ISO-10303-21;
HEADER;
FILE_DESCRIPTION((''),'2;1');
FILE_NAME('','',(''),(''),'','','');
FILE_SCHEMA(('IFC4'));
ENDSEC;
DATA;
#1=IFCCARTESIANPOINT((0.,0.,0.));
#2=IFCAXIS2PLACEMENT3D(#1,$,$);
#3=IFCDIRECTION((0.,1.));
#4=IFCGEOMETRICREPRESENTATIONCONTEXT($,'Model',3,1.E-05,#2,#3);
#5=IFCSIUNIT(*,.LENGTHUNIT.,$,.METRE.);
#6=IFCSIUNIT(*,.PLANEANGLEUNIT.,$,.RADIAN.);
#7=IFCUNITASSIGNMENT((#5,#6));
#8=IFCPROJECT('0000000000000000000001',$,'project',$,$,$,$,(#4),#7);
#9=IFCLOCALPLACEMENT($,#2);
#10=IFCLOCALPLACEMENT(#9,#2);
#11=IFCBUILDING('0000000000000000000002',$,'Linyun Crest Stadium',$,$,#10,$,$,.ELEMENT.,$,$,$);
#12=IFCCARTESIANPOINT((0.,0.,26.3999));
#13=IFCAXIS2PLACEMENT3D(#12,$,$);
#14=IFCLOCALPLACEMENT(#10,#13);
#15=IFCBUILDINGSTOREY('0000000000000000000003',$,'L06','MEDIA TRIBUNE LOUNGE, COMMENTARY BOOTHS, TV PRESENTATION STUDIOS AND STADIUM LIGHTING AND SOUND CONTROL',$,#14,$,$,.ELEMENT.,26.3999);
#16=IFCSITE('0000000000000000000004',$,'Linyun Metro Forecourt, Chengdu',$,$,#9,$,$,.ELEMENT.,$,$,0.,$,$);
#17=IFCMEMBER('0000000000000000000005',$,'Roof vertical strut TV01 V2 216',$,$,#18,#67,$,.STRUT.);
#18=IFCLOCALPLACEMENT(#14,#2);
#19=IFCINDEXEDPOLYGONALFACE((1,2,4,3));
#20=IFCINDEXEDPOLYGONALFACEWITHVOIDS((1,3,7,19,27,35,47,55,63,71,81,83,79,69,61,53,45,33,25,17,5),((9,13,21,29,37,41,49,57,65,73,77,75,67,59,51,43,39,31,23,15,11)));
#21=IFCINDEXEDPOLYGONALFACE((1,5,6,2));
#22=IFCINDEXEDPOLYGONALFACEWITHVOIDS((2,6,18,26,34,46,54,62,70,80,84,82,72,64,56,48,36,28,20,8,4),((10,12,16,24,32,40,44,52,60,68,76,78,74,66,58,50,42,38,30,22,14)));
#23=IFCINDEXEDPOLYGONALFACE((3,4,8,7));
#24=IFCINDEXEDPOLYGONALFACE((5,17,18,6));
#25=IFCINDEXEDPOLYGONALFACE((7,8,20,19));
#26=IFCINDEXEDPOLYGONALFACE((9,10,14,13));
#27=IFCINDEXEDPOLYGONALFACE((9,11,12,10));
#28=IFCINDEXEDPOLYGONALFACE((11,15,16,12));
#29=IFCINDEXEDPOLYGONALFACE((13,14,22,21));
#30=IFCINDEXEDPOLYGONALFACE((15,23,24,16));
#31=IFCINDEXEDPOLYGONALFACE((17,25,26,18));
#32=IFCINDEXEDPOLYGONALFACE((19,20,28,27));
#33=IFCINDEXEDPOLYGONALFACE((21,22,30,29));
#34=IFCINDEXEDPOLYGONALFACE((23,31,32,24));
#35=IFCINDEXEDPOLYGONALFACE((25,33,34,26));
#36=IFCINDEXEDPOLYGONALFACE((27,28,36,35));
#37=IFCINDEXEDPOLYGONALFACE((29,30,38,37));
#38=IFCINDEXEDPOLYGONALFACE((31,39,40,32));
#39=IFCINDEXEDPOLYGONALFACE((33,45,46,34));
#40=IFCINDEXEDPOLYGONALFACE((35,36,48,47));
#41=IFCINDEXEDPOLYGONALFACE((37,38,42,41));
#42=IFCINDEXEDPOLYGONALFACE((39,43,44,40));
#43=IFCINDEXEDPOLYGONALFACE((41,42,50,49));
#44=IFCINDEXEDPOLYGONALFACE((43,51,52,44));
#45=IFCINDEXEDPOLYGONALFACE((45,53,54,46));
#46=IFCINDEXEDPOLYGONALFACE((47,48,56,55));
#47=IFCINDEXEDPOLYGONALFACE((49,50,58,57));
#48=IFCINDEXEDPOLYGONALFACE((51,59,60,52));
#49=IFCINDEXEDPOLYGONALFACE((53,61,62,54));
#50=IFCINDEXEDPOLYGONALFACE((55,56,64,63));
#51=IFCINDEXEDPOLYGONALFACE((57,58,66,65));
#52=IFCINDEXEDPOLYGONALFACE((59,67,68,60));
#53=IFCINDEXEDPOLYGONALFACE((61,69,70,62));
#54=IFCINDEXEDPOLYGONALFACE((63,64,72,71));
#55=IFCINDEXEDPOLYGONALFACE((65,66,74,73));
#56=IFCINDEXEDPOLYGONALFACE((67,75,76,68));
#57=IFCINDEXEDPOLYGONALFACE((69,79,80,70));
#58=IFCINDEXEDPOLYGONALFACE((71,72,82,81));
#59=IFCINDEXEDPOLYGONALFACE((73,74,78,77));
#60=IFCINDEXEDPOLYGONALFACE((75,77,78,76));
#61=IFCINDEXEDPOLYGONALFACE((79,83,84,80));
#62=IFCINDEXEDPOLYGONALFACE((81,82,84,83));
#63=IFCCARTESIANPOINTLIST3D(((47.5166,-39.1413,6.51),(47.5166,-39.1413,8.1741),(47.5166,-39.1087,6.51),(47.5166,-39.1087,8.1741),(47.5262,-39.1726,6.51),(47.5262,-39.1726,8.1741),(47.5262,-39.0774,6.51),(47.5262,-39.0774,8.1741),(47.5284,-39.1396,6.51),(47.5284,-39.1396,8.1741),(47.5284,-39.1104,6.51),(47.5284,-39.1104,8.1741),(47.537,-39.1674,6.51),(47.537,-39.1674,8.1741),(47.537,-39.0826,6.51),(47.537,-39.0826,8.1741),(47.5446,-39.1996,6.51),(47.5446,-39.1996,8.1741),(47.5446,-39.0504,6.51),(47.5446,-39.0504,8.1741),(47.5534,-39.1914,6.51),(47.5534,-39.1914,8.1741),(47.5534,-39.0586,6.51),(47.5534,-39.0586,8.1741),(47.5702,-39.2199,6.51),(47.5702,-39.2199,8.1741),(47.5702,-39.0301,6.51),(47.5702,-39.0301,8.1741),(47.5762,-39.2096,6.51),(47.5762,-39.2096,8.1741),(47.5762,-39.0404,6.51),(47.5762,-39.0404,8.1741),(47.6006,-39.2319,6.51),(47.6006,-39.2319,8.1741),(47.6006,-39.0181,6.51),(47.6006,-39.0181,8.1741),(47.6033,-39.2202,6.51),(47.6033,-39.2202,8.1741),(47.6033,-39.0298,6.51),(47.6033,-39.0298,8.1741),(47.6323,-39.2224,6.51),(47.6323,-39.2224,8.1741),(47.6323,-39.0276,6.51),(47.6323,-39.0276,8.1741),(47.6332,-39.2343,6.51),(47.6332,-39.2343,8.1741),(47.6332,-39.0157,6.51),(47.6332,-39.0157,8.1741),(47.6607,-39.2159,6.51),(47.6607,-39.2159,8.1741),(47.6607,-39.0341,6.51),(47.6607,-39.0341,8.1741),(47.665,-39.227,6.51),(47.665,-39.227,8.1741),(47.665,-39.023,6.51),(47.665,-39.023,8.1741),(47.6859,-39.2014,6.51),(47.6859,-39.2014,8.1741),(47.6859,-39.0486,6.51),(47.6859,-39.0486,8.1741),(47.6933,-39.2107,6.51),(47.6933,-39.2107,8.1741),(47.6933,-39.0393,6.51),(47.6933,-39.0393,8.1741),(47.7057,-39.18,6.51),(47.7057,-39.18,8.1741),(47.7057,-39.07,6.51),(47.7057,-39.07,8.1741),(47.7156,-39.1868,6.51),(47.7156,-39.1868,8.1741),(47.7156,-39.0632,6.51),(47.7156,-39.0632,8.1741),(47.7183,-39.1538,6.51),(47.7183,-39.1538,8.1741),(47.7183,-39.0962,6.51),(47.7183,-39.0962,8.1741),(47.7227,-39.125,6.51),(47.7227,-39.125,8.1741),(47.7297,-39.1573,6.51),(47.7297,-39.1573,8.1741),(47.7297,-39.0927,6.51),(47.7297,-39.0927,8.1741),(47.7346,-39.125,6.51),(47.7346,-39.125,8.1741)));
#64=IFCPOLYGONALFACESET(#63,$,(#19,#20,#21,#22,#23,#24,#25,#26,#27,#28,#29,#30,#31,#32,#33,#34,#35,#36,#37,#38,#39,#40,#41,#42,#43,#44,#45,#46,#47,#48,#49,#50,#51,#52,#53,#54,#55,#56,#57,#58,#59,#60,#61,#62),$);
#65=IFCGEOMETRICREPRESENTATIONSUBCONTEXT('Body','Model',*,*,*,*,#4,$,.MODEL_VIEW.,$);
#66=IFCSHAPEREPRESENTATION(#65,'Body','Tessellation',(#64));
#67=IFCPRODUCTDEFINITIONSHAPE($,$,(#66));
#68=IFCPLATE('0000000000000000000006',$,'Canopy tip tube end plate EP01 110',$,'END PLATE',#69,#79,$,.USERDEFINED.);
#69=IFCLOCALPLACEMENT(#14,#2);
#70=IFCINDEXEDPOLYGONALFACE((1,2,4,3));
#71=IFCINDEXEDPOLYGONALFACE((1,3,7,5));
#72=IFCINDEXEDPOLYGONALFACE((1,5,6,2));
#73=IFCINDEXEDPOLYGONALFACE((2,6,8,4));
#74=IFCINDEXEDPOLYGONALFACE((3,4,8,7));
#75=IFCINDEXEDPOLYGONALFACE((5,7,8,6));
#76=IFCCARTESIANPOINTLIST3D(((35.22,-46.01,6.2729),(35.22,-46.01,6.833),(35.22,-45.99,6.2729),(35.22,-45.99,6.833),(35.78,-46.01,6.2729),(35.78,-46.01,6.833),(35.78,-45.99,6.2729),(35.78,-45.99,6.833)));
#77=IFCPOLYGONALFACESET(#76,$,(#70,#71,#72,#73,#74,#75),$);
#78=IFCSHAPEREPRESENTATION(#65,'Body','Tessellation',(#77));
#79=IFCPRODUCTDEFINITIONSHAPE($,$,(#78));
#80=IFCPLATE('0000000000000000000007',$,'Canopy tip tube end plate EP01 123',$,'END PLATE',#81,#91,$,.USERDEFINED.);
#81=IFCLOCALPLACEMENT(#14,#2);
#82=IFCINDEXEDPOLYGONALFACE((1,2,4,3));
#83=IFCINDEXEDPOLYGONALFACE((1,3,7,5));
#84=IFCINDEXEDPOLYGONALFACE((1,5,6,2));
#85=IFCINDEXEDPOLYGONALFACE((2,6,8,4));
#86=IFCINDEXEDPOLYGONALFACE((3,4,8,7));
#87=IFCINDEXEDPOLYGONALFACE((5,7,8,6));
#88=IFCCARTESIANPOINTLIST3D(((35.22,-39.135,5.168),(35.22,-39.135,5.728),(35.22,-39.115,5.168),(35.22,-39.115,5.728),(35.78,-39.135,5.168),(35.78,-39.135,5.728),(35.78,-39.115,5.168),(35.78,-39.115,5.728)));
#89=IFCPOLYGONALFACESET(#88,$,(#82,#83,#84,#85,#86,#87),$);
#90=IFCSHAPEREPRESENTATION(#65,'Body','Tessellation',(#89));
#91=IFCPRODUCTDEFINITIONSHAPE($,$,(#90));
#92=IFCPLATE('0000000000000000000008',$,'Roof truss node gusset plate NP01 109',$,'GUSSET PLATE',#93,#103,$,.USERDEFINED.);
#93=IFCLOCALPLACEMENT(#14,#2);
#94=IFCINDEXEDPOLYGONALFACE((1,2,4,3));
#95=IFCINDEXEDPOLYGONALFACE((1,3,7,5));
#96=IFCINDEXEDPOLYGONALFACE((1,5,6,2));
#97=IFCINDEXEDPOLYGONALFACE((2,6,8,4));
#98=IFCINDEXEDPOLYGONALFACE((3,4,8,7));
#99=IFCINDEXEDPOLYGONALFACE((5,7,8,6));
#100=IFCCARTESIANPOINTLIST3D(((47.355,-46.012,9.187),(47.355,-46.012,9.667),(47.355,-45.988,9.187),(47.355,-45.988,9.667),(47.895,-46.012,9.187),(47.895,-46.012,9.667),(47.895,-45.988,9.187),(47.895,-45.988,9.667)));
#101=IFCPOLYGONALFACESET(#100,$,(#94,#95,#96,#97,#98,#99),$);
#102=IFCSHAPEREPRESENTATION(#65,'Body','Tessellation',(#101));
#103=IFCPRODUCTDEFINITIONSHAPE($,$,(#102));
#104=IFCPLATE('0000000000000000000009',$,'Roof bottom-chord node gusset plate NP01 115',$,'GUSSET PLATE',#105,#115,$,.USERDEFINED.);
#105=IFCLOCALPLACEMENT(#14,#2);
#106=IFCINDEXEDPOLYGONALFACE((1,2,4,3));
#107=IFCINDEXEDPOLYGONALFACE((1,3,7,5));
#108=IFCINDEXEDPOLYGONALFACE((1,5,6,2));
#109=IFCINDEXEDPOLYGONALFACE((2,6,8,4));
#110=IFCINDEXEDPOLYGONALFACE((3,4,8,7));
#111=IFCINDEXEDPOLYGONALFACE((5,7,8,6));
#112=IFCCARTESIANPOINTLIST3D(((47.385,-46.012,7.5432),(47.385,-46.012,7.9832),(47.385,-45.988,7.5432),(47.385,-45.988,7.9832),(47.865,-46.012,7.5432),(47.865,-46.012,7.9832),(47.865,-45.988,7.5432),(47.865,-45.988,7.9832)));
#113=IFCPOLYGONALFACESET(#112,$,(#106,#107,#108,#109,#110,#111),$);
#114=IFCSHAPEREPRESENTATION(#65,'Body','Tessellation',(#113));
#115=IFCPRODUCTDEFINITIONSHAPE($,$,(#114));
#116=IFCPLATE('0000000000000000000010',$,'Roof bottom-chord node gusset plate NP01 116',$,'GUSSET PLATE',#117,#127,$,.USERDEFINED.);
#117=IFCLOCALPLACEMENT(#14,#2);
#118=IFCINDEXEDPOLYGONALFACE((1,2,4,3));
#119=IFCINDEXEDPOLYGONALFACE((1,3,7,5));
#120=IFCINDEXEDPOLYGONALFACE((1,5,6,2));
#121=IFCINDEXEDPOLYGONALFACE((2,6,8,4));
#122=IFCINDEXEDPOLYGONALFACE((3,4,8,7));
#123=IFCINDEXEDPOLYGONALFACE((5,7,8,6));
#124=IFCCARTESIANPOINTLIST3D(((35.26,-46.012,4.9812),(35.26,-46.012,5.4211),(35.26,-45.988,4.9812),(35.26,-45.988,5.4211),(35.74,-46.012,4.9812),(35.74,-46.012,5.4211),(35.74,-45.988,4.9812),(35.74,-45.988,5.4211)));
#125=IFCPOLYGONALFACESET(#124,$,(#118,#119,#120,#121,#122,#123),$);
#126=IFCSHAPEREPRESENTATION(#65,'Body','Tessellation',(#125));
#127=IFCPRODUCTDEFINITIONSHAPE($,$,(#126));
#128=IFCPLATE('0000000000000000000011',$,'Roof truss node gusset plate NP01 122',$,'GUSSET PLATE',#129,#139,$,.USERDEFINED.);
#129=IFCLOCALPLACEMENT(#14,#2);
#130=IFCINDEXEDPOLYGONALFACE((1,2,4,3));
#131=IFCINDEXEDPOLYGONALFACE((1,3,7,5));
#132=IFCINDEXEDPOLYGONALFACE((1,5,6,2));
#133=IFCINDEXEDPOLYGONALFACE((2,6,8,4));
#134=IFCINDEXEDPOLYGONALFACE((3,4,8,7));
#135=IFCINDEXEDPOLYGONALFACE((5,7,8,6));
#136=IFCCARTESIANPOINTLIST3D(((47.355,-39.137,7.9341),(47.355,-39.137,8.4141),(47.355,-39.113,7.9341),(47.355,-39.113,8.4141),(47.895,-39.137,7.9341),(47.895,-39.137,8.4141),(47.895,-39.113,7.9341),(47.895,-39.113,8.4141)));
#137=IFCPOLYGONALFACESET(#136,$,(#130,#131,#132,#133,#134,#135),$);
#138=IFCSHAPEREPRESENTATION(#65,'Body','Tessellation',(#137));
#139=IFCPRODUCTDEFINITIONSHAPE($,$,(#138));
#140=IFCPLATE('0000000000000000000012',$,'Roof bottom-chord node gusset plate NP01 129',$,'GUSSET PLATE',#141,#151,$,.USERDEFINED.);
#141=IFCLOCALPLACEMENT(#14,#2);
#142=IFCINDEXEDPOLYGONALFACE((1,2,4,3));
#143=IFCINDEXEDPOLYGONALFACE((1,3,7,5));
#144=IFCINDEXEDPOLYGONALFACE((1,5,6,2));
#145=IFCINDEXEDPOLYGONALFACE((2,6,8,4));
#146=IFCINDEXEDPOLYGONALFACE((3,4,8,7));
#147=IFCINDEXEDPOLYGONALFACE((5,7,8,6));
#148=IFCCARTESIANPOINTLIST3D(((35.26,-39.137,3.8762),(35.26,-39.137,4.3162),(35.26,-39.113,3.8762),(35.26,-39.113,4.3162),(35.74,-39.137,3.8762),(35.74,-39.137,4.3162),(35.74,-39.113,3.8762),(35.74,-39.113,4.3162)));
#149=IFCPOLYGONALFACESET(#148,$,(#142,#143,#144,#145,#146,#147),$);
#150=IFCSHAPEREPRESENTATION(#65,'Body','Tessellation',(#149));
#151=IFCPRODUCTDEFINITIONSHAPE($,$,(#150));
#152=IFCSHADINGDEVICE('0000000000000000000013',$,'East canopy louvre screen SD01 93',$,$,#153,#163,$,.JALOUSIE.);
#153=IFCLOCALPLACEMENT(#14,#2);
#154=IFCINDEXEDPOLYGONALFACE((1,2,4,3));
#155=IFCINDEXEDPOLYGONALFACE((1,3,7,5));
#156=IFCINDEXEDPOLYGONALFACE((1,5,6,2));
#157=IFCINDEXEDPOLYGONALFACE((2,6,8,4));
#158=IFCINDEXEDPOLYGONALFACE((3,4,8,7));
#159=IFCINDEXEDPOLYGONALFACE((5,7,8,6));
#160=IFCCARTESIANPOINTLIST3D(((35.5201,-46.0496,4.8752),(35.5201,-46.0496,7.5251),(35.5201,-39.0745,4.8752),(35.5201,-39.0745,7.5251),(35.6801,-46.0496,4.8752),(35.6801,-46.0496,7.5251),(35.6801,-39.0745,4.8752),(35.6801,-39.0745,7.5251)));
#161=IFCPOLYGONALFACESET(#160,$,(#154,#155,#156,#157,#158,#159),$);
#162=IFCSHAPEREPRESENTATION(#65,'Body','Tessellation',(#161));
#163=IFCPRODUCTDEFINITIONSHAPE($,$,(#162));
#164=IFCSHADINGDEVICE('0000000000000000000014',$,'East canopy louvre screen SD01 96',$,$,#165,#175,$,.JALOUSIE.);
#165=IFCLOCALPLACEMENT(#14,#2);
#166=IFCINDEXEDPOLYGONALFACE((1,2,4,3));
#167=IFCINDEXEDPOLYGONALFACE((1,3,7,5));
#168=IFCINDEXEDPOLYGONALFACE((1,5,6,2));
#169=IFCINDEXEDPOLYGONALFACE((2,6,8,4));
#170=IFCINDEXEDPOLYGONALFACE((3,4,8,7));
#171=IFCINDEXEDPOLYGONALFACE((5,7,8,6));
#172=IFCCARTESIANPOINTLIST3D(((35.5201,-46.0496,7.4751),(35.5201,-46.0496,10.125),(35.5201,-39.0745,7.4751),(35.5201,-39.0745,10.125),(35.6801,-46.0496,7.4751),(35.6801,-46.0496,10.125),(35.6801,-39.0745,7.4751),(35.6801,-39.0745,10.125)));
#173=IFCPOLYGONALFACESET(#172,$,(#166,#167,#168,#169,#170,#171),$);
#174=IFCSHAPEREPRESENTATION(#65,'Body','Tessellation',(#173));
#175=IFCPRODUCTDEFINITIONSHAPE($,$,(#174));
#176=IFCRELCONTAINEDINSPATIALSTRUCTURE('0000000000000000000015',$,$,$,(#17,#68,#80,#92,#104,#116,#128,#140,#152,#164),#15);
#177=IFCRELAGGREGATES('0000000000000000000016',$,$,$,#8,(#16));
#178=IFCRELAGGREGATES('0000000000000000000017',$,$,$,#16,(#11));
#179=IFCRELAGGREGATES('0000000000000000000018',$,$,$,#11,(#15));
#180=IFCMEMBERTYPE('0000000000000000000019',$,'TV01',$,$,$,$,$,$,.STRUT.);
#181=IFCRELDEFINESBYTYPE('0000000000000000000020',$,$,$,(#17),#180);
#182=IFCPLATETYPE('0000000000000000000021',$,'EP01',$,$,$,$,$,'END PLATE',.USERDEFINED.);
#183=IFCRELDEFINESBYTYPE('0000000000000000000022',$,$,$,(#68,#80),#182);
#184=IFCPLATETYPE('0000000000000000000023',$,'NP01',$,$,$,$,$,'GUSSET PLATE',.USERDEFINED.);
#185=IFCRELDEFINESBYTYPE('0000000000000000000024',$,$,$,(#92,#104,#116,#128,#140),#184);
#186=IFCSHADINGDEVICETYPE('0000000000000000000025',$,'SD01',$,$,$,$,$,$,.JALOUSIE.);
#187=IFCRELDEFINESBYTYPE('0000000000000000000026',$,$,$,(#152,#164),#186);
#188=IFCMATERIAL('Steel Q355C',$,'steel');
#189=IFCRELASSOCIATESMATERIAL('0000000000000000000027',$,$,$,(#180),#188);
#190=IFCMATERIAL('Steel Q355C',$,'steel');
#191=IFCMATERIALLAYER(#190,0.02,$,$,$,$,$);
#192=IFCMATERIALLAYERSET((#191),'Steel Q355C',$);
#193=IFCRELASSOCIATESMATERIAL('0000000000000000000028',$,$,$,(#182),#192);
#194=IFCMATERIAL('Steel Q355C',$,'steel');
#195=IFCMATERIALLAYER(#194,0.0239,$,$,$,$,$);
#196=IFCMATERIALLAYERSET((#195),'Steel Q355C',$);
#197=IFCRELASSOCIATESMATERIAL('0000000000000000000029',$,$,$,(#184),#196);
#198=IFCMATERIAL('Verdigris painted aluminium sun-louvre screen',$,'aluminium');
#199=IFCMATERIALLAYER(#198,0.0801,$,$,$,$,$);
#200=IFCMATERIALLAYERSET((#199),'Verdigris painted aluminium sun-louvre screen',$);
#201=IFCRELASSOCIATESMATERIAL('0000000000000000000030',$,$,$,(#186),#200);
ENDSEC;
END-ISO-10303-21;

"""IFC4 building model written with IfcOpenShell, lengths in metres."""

from ifc_helpers import new_model, si_unit, direction, frame, origin, origin_2d, place, context, subcontext, project, spatial, rectangle, hollow_circle, extrude, material, layer, layer_set, material_profile, profile_set, type_object, element, save


model = new_model("IFC4")

# Units and contexts
model_context = context("Model", 3, precision=1e-05, world=origin(), true_north=direction((0.0, 1.0)))
body_context = subcontext(model_context, "Body", "Model", "MODEL_VIEW")
ifc_project = project(units=[si_unit("LENGTHUNIT", "METRE"), si_unit("PLANEANGLEUNIT", "RADIAN")], contexts=[model_context])

# Site, building, storey
site_placement = place(None, origin())
site = spatial("IfcSite", under=ifc_project, at=site_placement, Name="Linyun Metro Forecourt, Chengdu", CompositionType="ELEMENT", RefElevation=0.0)
building_placement = place(site_placement, origin())
building = spatial("IfcBuilding", under=site, at=building_placement, Name="Linyun Crest Stadium", CompositionType="ELEMENT")
storey_placement = place(building_placement, frame((0.0, 0.0, 26.3999)))
storey = spatial("IfcBuildingStorey", under=building, at=storey_placement, Name="L06", Description="MEDIA TRIBUNE LOUNGE, COMMENTARY BOOTHS, TV PRESENTATION STUDIOS AND STADIUM LIGHTING AND SOUND CONTROL", CompositionType="ELEMENT", Elevation=26.3999)

# Member
ifc_material_1 = material(Name="Steel Q355C", Category="steel")
ifc_material_profile_1 = material_profile(ifc_material_1, hollow_circle(Radius=0.1096, WallThickness=0.012, at=origin_2d()), Name="CHS 219x12")
ifc_profile_set_1 = profile_set([ifc_material_profile_1], Name="Steel Q355C")
member_type_1 = type_object("IfcMemberType", Name="TV01", PredefinedType="STRUT", material=ifc_profile_set_1)
member_1_placement = place(storey_placement, frame((47.625, -39.125, 6.51), z_axis=(0.0, 0.0, 1.0), x_axis=(1.0, 0.0, 0.0)))
element("IfcMember", 1, at=member_1_placement, inside=storey, type_object=member_type_1, Name="Roof vertical strut TV01 V2 216", PredefinedType="STRUT", context=body_context, shape_type="SweptSolid", body=[
    extrude(hollow_circle(Radius=0.1096, WallThickness=0.012, at=origin_2d()), origin(), (0.0, 0.0, 1.0), 1.6641),
])

# Plates
ifc_material_2 = material(Name="Steel Q355C", Category="steel")
ifc_layer_1 = layer(ifc_material_2, 0.02)
ifc_layer_set_1 = layer_set([ifc_layer_1], Name="Steel Q355C")
plate_type_1 = type_object("IfcPlateType", Name="EP01", ElementType="END PLATE", PredefinedType="USERDEFINED", material=ifc_layer_set_1)
for number, where, z_axis, x_axis, name in (
    (2, (35.5, -46.0, 6.2729), (0.0, 0.0, 1.0), (1.0, 0.0, 0.0), "Canopy tip tube end plate EP01 110"),
    (3, (35.5, -39.125, 5.168), (0.0, 0.0, 1.0), (1.0, 0.0, 0.0), "Canopy tip tube end plate EP01 123"),
):
    element("IfcPlate", number, at=place(storey_placement, frame(where, z_axis=z_axis, x_axis=x_axis)), inside=storey, type_object=plate_type_1, Name=name, ObjectType="END PLATE", PredefinedType="USERDEFINED", context=body_context, shape_type="SweptSolid", body=[
        extrude(rectangle(XDim=0.5601, YDim=0.02, at=origin_2d()), origin(), (0.0, 0.0, 1.0), 0.5601),
    ])
ifc_material_3 = material(Name="Steel Q355C", Category="steel")
ifc_layer_2 = layer(ifc_material_3, 0.0239)
ifc_layer_set_2 = layer_set([ifc_layer_2], Name="Steel Q355C")
plate_type_2 = type_object("IfcPlateType", Name="NP01", ElementType="GUSSET PLATE", PredefinedType="USERDEFINED", material=ifc_layer_set_2)
plate_1_placement = place(storey_placement, frame((47.625, -46.0, 9.187), z_axis=(0.0, 0.0, 1.0), x_axis=(1.0, 0.0, 0.0)))
element("IfcPlate", 4, at=plate_1_placement, inside=storey, type_object=plate_type_2, Name="Roof truss node gusset plate NP01 109", ObjectType="GUSSET PLATE", PredefinedType="USERDEFINED", context=body_context, shape_type="SweptSolid", body=[
    extrude(rectangle(XDim=0.54, YDim=0.0239, at=origin_2d()), origin(), (0.0, 0.0, 1.0), 0.48),
])
for number, where, z_axis, x_axis, name in (
    (5, (47.625, -46.0, 7.5432), (0.0, 0.0, 1.0), (1.0, 0.0, 0.0), "Roof bottom-chord node gusset plate NP01 115"),
    (6, (35.5, -46.0, 4.9812), (0.0, 0.0, 1.0), (1.0, 0.0, 0.0), "Roof bottom-chord node gusset plate NP01 116"),
):
    element("IfcPlate", number, at=place(storey_placement, frame(where, z_axis=z_axis, x_axis=x_axis)), inside=storey, type_object=plate_type_2, Name=name, ObjectType="GUSSET PLATE", PredefinedType="USERDEFINED", context=body_context, shape_type="SweptSolid", body=[
        extrude(rectangle(XDim=0.48, YDim=0.0239, at=origin_2d()), origin(), (0.0, 0.0, 1.0), 0.4399),
    ])
plate_2_placement = place(storey_placement, frame((47.625, -39.125, 7.9341), z_axis=(0.0, 0.0, 1.0), x_axis=(1.0, 0.0, 0.0)))
element("IfcPlate", 7, at=plate_2_placement, inside=storey, type_object=plate_type_2, Name="Roof truss node gusset plate NP01 122", ObjectType="GUSSET PLATE", PredefinedType="USERDEFINED", context=body_context, shape_type="SweptSolid", body=[
    extrude(rectangle(XDim=0.54, YDim=0.0239, at=origin_2d()), origin(), (0.0, 0.0, 1.0), 0.48),
])
plate_3_placement = place(storey_placement, frame((35.5, -39.125, 3.8762), z_axis=(0.0, 0.0, 1.0), x_axis=(1.0, 0.0, 0.0)))
element("IfcPlate", 8, at=plate_3_placement, inside=storey, type_object=plate_type_2, Name="Roof bottom-chord node gusset plate NP01 129", ObjectType="GUSSET PLATE", PredefinedType="USERDEFINED", context=body_context, shape_type="SweptSolid", body=[
    extrude(rectangle(XDim=0.48, YDim=0.0239, at=origin_2d()), origin(), (0.0, 0.0, 1.0), 0.4399),
])

# Shading devices
ifc_material_4 = material(Name="Verdigris painted aluminium sun-louvre screen", Category="aluminium")
ifc_layer_3 = layer(ifc_material_4, 0.0801)
ifc_layer_set_3 = layer_set([ifc_layer_3], Name="Verdigris painted aluminium sun-louvre screen")
shading_device_type = type_object("IfcShadingDeviceType", Name="SD01", PredefinedType="JALOUSIE", material=ifc_layer_set_3)
for number, where, z_axis, x_axis, name in (
    (9, (35.6001, -42.562, 4.8752), (0.0, 0.0, 1.0), (1.0, 0.0, 0.0), "East canopy louvre screen SD01 93"),
    (10, (35.6001, -42.562, 7.4751), (0.0, 0.0, 1.0), (1.0, 0.0, 0.0), "East canopy louvre screen SD01 96"),
):
    element("IfcShadingDevice", number, at=place(storey_placement, frame(where, z_axis=z_axis, x_axis=x_axis)), inside=storey, type_object=shading_device_type, Name=name, PredefinedType="JALOUSIE", context=body_context, shape_type="SweptSolid", body=[
        extrude(rectangle(XDim=0.1599, YDim=6.9751, at=origin_2d()), origin(), (0.0, 0.0, 1.0), 2.6499),
    ])

save(model, "model.ifc")
